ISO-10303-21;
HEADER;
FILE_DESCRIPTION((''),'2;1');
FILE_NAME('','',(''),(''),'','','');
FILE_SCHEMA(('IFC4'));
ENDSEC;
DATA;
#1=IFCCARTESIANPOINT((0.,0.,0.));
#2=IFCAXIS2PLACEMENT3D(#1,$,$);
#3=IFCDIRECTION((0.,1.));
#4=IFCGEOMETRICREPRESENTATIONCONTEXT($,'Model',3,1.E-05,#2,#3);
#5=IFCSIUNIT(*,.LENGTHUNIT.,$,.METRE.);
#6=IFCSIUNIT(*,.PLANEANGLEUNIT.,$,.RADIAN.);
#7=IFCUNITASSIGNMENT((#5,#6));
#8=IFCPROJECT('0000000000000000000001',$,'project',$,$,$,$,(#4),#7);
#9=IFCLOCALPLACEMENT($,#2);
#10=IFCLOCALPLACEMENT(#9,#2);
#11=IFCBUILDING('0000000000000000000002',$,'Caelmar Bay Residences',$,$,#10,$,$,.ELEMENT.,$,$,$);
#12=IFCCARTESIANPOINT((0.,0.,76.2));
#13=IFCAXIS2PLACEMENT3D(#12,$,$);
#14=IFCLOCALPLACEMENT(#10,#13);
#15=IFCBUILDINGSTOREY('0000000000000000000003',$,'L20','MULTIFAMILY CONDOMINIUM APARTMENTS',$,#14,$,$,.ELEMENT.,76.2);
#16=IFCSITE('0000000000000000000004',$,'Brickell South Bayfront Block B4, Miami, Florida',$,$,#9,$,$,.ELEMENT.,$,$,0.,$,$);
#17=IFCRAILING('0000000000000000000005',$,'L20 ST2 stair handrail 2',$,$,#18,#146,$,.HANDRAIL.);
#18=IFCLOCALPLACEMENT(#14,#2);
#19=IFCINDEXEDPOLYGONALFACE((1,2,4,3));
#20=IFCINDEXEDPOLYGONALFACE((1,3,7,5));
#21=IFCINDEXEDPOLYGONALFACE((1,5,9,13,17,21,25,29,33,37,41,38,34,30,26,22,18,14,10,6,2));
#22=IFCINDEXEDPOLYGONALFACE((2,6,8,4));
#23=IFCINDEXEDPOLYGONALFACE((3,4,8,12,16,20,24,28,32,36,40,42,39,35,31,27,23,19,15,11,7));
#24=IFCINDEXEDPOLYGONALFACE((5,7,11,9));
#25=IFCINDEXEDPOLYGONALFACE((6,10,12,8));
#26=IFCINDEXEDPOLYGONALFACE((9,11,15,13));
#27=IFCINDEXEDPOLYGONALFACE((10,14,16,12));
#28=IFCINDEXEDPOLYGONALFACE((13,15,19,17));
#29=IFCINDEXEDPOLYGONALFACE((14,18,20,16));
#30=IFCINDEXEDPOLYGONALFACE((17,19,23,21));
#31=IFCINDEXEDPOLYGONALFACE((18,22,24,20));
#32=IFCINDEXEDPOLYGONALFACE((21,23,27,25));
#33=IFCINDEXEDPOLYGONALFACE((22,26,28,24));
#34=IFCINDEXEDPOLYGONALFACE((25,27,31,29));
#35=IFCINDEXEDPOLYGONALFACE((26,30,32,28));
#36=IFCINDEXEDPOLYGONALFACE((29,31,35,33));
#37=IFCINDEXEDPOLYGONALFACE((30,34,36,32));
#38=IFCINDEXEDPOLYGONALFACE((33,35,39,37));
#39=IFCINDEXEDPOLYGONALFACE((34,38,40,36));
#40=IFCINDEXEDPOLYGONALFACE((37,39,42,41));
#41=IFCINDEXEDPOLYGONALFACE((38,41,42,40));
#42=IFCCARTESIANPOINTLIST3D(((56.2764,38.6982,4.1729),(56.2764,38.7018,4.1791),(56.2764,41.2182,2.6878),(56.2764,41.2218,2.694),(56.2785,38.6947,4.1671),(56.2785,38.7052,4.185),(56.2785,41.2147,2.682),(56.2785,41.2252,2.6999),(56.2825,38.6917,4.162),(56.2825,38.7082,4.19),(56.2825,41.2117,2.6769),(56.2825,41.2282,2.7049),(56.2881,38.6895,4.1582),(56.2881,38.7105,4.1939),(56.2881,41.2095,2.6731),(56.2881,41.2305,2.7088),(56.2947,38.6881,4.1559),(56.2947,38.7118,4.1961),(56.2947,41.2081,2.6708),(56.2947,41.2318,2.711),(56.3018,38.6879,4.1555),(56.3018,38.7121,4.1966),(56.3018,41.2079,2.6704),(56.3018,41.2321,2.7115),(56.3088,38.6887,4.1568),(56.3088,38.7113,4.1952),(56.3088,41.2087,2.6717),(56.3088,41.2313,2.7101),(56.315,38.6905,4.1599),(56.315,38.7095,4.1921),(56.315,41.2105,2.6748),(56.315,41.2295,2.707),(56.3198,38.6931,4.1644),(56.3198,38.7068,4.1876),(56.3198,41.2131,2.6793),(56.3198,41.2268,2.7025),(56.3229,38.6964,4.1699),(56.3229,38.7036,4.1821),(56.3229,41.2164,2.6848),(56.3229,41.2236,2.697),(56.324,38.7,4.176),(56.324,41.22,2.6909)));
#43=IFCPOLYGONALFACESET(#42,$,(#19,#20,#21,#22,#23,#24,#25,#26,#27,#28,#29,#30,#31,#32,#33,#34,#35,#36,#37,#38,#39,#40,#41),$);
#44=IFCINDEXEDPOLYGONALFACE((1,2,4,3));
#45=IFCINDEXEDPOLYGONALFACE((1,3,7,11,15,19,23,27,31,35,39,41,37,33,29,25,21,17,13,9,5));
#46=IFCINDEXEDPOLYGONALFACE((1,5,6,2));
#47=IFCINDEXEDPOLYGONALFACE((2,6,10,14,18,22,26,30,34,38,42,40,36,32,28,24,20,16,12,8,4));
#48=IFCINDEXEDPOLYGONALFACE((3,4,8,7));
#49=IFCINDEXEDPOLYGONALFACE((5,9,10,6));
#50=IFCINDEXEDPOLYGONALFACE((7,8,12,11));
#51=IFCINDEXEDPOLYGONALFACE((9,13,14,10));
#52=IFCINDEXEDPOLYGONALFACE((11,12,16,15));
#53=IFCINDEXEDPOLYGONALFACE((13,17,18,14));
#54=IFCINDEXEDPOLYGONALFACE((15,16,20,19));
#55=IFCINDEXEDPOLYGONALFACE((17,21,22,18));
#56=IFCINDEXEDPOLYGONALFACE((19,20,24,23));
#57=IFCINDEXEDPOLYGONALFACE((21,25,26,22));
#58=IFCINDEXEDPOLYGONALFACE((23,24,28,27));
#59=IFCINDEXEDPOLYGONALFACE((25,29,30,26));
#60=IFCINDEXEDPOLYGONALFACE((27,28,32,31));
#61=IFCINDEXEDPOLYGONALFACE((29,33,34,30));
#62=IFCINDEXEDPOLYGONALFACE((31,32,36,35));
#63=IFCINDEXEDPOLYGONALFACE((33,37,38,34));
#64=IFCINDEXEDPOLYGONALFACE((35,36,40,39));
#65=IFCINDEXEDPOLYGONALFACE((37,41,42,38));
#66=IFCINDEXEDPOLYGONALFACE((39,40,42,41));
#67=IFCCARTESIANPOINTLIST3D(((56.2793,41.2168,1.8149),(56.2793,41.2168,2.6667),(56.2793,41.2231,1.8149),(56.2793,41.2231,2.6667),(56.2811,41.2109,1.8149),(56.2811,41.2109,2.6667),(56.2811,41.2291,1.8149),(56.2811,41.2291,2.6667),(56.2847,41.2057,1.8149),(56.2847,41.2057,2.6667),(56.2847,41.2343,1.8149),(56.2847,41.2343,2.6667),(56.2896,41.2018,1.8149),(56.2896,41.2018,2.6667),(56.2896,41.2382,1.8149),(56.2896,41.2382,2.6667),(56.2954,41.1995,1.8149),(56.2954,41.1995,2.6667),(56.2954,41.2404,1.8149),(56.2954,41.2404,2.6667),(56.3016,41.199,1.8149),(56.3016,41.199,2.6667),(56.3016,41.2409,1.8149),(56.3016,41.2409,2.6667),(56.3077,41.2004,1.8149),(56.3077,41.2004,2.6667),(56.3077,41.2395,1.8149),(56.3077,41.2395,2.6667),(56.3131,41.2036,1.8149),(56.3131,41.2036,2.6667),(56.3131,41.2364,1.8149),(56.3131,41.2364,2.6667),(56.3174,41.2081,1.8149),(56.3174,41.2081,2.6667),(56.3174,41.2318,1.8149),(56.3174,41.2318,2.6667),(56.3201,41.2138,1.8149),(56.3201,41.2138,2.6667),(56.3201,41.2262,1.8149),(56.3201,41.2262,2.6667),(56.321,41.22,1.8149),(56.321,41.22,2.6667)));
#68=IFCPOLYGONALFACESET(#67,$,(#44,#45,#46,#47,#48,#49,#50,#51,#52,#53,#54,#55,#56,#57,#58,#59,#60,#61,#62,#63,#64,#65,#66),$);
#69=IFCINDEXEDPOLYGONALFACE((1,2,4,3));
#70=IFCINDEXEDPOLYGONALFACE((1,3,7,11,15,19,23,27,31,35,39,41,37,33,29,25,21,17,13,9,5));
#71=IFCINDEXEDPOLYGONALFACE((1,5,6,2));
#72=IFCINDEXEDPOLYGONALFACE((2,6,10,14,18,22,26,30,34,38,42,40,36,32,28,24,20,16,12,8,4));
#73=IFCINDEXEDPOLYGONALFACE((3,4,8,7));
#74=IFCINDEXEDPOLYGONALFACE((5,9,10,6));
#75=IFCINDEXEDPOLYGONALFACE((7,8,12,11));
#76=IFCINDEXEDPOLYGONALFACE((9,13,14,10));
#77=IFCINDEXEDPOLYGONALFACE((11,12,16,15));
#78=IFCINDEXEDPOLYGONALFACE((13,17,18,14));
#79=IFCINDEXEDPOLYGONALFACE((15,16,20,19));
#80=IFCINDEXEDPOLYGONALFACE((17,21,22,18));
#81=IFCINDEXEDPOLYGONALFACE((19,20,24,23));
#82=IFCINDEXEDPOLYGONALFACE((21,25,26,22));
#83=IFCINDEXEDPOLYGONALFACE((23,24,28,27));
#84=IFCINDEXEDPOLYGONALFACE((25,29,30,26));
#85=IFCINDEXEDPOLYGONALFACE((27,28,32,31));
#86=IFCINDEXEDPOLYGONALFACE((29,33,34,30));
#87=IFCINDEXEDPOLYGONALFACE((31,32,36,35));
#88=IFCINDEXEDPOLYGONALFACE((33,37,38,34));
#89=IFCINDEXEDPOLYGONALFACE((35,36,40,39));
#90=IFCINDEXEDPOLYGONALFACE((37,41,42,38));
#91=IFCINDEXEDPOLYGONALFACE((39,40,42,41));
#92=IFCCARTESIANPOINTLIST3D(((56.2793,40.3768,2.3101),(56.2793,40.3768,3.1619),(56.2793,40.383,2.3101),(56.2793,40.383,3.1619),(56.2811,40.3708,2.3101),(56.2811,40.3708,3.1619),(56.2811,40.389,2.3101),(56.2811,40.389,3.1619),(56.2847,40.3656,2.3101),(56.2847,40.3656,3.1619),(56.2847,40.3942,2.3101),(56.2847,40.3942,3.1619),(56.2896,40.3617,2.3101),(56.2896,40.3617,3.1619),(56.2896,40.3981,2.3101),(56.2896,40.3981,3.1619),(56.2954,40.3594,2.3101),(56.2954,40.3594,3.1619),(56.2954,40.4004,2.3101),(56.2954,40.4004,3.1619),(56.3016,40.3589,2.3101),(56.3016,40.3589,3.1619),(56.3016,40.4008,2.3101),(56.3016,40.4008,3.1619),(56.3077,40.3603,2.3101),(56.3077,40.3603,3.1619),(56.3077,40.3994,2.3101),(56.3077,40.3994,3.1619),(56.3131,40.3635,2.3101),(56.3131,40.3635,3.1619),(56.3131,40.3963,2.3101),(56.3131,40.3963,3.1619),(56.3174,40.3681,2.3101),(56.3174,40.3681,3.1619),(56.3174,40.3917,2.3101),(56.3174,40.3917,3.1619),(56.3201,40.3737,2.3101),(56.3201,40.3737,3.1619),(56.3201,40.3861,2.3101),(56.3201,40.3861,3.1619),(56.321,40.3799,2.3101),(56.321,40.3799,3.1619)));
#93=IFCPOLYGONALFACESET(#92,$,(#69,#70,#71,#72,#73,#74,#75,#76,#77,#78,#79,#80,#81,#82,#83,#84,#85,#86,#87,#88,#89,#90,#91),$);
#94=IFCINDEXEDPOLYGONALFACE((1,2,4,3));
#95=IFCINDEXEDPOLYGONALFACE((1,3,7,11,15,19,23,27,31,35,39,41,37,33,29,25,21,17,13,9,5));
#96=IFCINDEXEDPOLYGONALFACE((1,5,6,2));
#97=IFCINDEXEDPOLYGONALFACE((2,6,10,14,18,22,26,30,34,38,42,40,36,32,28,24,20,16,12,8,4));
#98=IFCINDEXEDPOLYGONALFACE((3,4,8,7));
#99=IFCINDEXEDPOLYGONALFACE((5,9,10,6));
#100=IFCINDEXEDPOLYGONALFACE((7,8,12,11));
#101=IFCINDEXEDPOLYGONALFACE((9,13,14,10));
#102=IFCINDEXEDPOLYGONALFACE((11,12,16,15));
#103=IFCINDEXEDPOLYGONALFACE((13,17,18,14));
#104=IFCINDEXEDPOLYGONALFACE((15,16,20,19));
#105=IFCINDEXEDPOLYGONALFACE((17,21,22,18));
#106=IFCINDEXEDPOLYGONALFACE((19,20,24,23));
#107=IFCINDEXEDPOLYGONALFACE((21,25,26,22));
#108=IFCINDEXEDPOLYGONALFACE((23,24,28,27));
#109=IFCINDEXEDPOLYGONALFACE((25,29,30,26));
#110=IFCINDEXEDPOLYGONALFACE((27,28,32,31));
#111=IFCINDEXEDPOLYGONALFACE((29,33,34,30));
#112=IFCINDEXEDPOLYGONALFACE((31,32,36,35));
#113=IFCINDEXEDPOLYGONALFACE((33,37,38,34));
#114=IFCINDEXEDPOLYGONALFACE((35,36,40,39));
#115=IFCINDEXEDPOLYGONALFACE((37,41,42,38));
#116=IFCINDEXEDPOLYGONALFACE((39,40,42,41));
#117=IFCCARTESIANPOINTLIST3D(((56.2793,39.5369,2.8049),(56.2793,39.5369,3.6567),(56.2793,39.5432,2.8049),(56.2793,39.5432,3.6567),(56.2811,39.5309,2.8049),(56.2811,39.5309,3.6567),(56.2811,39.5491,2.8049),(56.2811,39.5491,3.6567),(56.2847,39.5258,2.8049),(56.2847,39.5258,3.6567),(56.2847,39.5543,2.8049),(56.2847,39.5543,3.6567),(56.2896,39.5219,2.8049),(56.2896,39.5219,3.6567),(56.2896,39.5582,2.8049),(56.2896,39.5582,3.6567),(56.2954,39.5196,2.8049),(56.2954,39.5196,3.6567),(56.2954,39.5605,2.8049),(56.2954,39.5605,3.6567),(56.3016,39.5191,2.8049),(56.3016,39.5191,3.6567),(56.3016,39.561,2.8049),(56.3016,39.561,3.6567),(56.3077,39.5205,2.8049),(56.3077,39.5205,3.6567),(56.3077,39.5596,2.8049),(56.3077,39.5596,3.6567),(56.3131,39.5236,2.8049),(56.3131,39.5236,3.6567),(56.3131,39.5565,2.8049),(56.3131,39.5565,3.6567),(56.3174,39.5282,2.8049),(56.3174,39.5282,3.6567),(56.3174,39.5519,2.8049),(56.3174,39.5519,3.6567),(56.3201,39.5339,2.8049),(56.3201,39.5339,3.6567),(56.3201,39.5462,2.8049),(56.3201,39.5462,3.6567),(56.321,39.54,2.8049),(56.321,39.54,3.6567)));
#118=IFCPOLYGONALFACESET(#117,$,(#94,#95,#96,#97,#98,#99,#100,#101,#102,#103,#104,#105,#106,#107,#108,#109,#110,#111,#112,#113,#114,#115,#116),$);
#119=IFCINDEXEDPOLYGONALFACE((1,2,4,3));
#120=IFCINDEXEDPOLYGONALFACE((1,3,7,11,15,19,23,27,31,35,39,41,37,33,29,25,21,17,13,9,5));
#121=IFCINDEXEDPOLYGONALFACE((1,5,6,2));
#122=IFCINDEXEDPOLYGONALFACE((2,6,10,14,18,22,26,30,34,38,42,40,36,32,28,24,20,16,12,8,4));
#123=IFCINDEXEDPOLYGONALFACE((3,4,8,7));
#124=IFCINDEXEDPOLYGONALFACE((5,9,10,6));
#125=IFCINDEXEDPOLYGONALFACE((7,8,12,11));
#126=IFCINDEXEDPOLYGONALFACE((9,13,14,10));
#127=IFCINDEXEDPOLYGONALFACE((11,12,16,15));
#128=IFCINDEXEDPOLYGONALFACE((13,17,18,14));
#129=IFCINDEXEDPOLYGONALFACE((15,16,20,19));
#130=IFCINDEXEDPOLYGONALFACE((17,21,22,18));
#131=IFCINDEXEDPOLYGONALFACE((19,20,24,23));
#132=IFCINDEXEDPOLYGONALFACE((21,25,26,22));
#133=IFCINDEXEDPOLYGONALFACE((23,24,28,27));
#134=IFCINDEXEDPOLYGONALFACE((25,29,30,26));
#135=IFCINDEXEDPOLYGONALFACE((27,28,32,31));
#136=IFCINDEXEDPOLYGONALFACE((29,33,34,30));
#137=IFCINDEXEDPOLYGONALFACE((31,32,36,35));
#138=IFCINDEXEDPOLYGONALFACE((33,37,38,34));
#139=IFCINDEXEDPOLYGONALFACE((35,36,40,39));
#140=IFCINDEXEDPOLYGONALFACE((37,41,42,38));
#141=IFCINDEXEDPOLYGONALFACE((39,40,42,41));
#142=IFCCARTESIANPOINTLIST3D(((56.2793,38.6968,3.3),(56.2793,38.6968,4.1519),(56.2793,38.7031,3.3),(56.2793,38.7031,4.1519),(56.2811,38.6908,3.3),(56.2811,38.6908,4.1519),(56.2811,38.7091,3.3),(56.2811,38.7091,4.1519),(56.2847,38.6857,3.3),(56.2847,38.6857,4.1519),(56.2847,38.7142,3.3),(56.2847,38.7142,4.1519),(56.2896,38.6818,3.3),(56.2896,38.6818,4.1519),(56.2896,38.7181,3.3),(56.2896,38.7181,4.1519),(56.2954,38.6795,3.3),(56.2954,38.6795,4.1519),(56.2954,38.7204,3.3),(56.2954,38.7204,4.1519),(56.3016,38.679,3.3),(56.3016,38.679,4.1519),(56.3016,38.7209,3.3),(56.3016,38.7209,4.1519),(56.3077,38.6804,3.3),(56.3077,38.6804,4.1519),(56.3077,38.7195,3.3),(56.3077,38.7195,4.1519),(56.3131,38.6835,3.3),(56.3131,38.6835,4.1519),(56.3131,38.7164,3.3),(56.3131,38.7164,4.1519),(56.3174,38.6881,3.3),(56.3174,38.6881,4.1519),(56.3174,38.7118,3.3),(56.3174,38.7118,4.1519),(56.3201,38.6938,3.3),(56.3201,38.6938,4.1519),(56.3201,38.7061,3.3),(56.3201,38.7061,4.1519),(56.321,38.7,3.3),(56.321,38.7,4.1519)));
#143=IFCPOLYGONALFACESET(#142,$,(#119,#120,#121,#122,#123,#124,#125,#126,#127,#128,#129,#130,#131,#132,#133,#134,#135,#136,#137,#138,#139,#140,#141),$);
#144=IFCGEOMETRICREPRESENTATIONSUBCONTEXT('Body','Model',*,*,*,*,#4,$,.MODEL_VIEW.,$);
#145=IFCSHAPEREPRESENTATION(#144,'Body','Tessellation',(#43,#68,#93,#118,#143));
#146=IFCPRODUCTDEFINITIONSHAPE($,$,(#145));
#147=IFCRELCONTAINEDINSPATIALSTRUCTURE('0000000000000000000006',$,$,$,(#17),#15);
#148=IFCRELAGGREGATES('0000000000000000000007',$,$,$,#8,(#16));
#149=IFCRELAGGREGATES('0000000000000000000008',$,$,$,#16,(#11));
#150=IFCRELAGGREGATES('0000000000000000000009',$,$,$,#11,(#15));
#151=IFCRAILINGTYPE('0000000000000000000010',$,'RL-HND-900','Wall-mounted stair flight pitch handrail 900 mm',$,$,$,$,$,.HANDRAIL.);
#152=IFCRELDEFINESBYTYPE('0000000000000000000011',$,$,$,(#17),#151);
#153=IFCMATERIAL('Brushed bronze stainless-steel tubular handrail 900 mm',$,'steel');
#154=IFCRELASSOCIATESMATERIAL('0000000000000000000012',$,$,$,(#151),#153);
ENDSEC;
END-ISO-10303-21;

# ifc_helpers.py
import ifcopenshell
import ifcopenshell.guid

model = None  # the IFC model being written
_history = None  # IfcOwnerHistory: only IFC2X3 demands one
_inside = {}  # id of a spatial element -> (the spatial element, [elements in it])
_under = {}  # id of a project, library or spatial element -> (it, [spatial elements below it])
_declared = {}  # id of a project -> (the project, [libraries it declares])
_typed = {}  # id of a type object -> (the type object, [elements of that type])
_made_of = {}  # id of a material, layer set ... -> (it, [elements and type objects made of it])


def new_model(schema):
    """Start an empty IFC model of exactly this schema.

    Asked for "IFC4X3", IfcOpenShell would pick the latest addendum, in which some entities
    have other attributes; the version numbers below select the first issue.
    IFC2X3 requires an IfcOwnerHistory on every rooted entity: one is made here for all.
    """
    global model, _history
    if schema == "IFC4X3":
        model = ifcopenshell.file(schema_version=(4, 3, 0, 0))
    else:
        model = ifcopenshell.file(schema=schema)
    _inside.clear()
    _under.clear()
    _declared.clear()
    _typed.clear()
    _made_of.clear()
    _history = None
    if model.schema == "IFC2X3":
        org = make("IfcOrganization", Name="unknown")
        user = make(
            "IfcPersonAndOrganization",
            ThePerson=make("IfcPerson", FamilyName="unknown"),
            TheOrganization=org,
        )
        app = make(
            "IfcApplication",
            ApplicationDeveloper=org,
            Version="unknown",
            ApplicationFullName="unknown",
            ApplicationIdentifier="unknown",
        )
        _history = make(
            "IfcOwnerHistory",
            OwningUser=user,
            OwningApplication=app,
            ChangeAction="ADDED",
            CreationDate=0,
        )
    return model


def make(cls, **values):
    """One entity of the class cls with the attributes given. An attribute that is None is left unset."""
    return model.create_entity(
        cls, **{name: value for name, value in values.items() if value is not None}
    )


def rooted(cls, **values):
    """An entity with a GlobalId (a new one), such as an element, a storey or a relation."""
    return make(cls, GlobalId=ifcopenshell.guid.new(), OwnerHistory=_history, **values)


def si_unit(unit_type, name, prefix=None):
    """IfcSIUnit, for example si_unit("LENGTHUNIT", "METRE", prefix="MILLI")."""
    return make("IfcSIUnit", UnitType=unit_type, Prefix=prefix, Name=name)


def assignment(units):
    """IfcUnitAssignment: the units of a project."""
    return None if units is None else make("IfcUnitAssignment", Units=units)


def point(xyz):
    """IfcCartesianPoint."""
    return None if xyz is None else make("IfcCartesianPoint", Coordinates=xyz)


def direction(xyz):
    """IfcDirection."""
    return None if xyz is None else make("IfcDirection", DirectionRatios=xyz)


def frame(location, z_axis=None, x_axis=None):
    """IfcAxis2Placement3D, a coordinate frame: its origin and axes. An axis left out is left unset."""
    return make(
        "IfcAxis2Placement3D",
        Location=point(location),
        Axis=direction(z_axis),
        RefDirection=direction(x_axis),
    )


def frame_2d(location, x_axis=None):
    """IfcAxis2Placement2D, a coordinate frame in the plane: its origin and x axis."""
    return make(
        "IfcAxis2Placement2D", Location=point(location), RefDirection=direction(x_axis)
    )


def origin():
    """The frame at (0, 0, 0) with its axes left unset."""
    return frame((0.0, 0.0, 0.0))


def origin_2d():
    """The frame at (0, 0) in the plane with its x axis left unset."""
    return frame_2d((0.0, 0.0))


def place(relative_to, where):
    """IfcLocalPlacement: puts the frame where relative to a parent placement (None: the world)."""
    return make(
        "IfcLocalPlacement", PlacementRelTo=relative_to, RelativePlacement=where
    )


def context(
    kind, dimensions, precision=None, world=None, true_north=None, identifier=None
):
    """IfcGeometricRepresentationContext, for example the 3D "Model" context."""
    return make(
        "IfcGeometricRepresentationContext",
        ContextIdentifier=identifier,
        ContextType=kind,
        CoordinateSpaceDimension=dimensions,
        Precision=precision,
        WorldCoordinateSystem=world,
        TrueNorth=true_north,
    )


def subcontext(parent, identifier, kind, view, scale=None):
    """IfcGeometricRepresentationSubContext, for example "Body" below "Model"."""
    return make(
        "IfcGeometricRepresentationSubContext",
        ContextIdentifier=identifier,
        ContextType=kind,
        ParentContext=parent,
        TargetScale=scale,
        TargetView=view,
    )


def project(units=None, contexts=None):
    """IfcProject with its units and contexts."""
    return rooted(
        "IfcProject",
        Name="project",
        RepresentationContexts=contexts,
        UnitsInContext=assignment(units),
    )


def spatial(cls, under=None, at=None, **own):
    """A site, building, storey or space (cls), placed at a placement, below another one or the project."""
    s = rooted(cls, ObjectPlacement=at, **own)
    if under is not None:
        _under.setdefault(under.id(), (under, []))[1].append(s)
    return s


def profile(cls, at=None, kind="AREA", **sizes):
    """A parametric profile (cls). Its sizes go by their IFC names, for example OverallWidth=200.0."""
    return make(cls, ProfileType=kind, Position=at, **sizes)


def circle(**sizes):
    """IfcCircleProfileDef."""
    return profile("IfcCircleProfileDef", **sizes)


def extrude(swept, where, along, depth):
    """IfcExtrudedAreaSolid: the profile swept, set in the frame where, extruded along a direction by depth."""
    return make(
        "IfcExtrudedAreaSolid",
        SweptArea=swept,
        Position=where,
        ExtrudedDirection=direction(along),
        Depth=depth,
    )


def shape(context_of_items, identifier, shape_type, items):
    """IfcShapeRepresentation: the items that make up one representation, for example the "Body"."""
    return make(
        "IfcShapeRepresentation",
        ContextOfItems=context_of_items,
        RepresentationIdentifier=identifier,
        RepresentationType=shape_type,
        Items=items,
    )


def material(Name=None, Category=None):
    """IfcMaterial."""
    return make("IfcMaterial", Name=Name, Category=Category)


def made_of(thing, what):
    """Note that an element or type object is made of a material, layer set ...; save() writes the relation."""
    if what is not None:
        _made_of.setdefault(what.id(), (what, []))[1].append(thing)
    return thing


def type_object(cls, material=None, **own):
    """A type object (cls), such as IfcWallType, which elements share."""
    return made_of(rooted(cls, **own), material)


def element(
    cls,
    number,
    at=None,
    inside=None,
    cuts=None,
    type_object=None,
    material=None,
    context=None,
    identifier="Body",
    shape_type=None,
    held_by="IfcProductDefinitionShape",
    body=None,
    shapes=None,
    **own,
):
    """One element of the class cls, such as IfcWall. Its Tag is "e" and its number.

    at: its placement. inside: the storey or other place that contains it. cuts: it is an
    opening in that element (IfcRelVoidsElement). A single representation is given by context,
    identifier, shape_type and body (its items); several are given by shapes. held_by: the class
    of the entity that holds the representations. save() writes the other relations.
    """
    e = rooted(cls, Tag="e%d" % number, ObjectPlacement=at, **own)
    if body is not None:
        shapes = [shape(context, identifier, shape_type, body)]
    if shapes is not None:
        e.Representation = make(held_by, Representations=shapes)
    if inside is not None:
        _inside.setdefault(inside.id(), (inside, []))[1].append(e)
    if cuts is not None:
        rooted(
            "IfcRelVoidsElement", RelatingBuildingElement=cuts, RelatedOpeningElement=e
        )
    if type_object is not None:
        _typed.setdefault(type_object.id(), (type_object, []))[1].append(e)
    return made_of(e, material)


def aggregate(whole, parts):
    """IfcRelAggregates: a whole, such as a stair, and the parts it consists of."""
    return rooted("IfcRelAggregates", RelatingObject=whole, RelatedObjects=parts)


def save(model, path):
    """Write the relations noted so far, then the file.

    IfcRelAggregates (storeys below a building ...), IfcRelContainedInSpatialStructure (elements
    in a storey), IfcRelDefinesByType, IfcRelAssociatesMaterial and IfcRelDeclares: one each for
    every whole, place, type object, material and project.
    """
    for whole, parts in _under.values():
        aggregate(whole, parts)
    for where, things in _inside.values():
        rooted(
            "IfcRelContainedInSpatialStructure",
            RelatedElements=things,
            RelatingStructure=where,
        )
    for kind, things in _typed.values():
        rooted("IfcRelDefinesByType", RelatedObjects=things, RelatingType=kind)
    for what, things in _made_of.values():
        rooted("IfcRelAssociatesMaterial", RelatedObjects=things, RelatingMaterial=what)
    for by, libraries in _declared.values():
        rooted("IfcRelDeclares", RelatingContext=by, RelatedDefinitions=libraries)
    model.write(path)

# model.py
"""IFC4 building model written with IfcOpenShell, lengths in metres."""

from ifc_helpers import new_model, si_unit, direction, frame, origin, origin_2d, place, context, subcontext, project, spatial, circle, extrude, material, type_object, element, save


model = new_model("IFC4")

# Units and contexts
model_context = context("Model", 3, precision=1e-05, world=origin(), true_north=direction((0.0, 1.0)))
body_context = subcontext(model_context, "Body", "Model", "MODEL_VIEW")
ifc_project = project(units=[si_unit("LENGTHUNIT", "METRE"), si_unit("PLANEANGLEUNIT", "RADIAN")], contexts=[model_context])

# Site, building, storey
site_placement = place(None, origin())
site = spatial("IfcSite", under=ifc_project, at=site_placement, Name="Brickell South Bayfront Block B4, Miami, Florida", CompositionType="ELEMENT", RefElevation=0.0)
building_placement = place(site_placement, origin())
building = spatial("IfcBuilding", under=site, at=building_placement, Name="Caelmar Bay Residences", CompositionType="ELEMENT")
storey_placement = place(building_placement, frame((0.0, 0.0, 76.2)))
storey = spatial("IfcBuildingStorey", under=building, at=storey_placement, Name="L20", Description="MULTIFAMILY CONDOMINIUM APARTMENTS", CompositionType="ELEMENT", Elevation=76.2)

# Railing
ifc_material_1 = material(Name="Brushed bronze stainless-steel tubular handrail 900 mm", Category="steel")
railing_type_1 = type_object("IfcRailingType", Name="RL-HND-900", Description="Wall-mounted stair flight pitch handrail 900 mm", PredefinedType="HANDRAIL", material=ifc_material_1)
railing_1_placement = place(storey_placement, frame((56.3, 41.22, 1.8149)))
element("IfcRailing", 1, at=railing_1_placement, inside=storey, type_object=railing_type_1, Name="L20 ST2 stair handrail 2", PredefinedType="HANDRAIL", context=body_context, shape_type="SweptSolid", body=[
    extrude(circle(Radius=0.0239, at=origin_2d()), frame((0.0, 0.0, 0.876), z_axis=(0.0, -0.861524, 0.507717), x_axis=(1.0, 0.0, 0.0)), (0.0, 0.0, 1.0), 2.925),
    extrude(circle(Radius=0.021, at=origin_2d()), origin(), (0.0, 0.0, 1.0), 0.8518),
    extrude(circle(Radius=0.021, at=origin_2d()), frame((0.0, -0.8401, 0.4951)), (0.0, 0.0, 1.0), 0.8518),
    extrude(circle(Radius=0.021, at=origin_2d()), frame((0.0, -1.6799, 0.99)), (0.0, 0.0, 1.0), 0.8518),
    extrude(circle(Radius=0.021, at=origin_2d()), frame((0.0, -2.52, 1.4851)), (0.0, 0.0, 1.0), 0.8518),
])

save(model, "model.ifc")
